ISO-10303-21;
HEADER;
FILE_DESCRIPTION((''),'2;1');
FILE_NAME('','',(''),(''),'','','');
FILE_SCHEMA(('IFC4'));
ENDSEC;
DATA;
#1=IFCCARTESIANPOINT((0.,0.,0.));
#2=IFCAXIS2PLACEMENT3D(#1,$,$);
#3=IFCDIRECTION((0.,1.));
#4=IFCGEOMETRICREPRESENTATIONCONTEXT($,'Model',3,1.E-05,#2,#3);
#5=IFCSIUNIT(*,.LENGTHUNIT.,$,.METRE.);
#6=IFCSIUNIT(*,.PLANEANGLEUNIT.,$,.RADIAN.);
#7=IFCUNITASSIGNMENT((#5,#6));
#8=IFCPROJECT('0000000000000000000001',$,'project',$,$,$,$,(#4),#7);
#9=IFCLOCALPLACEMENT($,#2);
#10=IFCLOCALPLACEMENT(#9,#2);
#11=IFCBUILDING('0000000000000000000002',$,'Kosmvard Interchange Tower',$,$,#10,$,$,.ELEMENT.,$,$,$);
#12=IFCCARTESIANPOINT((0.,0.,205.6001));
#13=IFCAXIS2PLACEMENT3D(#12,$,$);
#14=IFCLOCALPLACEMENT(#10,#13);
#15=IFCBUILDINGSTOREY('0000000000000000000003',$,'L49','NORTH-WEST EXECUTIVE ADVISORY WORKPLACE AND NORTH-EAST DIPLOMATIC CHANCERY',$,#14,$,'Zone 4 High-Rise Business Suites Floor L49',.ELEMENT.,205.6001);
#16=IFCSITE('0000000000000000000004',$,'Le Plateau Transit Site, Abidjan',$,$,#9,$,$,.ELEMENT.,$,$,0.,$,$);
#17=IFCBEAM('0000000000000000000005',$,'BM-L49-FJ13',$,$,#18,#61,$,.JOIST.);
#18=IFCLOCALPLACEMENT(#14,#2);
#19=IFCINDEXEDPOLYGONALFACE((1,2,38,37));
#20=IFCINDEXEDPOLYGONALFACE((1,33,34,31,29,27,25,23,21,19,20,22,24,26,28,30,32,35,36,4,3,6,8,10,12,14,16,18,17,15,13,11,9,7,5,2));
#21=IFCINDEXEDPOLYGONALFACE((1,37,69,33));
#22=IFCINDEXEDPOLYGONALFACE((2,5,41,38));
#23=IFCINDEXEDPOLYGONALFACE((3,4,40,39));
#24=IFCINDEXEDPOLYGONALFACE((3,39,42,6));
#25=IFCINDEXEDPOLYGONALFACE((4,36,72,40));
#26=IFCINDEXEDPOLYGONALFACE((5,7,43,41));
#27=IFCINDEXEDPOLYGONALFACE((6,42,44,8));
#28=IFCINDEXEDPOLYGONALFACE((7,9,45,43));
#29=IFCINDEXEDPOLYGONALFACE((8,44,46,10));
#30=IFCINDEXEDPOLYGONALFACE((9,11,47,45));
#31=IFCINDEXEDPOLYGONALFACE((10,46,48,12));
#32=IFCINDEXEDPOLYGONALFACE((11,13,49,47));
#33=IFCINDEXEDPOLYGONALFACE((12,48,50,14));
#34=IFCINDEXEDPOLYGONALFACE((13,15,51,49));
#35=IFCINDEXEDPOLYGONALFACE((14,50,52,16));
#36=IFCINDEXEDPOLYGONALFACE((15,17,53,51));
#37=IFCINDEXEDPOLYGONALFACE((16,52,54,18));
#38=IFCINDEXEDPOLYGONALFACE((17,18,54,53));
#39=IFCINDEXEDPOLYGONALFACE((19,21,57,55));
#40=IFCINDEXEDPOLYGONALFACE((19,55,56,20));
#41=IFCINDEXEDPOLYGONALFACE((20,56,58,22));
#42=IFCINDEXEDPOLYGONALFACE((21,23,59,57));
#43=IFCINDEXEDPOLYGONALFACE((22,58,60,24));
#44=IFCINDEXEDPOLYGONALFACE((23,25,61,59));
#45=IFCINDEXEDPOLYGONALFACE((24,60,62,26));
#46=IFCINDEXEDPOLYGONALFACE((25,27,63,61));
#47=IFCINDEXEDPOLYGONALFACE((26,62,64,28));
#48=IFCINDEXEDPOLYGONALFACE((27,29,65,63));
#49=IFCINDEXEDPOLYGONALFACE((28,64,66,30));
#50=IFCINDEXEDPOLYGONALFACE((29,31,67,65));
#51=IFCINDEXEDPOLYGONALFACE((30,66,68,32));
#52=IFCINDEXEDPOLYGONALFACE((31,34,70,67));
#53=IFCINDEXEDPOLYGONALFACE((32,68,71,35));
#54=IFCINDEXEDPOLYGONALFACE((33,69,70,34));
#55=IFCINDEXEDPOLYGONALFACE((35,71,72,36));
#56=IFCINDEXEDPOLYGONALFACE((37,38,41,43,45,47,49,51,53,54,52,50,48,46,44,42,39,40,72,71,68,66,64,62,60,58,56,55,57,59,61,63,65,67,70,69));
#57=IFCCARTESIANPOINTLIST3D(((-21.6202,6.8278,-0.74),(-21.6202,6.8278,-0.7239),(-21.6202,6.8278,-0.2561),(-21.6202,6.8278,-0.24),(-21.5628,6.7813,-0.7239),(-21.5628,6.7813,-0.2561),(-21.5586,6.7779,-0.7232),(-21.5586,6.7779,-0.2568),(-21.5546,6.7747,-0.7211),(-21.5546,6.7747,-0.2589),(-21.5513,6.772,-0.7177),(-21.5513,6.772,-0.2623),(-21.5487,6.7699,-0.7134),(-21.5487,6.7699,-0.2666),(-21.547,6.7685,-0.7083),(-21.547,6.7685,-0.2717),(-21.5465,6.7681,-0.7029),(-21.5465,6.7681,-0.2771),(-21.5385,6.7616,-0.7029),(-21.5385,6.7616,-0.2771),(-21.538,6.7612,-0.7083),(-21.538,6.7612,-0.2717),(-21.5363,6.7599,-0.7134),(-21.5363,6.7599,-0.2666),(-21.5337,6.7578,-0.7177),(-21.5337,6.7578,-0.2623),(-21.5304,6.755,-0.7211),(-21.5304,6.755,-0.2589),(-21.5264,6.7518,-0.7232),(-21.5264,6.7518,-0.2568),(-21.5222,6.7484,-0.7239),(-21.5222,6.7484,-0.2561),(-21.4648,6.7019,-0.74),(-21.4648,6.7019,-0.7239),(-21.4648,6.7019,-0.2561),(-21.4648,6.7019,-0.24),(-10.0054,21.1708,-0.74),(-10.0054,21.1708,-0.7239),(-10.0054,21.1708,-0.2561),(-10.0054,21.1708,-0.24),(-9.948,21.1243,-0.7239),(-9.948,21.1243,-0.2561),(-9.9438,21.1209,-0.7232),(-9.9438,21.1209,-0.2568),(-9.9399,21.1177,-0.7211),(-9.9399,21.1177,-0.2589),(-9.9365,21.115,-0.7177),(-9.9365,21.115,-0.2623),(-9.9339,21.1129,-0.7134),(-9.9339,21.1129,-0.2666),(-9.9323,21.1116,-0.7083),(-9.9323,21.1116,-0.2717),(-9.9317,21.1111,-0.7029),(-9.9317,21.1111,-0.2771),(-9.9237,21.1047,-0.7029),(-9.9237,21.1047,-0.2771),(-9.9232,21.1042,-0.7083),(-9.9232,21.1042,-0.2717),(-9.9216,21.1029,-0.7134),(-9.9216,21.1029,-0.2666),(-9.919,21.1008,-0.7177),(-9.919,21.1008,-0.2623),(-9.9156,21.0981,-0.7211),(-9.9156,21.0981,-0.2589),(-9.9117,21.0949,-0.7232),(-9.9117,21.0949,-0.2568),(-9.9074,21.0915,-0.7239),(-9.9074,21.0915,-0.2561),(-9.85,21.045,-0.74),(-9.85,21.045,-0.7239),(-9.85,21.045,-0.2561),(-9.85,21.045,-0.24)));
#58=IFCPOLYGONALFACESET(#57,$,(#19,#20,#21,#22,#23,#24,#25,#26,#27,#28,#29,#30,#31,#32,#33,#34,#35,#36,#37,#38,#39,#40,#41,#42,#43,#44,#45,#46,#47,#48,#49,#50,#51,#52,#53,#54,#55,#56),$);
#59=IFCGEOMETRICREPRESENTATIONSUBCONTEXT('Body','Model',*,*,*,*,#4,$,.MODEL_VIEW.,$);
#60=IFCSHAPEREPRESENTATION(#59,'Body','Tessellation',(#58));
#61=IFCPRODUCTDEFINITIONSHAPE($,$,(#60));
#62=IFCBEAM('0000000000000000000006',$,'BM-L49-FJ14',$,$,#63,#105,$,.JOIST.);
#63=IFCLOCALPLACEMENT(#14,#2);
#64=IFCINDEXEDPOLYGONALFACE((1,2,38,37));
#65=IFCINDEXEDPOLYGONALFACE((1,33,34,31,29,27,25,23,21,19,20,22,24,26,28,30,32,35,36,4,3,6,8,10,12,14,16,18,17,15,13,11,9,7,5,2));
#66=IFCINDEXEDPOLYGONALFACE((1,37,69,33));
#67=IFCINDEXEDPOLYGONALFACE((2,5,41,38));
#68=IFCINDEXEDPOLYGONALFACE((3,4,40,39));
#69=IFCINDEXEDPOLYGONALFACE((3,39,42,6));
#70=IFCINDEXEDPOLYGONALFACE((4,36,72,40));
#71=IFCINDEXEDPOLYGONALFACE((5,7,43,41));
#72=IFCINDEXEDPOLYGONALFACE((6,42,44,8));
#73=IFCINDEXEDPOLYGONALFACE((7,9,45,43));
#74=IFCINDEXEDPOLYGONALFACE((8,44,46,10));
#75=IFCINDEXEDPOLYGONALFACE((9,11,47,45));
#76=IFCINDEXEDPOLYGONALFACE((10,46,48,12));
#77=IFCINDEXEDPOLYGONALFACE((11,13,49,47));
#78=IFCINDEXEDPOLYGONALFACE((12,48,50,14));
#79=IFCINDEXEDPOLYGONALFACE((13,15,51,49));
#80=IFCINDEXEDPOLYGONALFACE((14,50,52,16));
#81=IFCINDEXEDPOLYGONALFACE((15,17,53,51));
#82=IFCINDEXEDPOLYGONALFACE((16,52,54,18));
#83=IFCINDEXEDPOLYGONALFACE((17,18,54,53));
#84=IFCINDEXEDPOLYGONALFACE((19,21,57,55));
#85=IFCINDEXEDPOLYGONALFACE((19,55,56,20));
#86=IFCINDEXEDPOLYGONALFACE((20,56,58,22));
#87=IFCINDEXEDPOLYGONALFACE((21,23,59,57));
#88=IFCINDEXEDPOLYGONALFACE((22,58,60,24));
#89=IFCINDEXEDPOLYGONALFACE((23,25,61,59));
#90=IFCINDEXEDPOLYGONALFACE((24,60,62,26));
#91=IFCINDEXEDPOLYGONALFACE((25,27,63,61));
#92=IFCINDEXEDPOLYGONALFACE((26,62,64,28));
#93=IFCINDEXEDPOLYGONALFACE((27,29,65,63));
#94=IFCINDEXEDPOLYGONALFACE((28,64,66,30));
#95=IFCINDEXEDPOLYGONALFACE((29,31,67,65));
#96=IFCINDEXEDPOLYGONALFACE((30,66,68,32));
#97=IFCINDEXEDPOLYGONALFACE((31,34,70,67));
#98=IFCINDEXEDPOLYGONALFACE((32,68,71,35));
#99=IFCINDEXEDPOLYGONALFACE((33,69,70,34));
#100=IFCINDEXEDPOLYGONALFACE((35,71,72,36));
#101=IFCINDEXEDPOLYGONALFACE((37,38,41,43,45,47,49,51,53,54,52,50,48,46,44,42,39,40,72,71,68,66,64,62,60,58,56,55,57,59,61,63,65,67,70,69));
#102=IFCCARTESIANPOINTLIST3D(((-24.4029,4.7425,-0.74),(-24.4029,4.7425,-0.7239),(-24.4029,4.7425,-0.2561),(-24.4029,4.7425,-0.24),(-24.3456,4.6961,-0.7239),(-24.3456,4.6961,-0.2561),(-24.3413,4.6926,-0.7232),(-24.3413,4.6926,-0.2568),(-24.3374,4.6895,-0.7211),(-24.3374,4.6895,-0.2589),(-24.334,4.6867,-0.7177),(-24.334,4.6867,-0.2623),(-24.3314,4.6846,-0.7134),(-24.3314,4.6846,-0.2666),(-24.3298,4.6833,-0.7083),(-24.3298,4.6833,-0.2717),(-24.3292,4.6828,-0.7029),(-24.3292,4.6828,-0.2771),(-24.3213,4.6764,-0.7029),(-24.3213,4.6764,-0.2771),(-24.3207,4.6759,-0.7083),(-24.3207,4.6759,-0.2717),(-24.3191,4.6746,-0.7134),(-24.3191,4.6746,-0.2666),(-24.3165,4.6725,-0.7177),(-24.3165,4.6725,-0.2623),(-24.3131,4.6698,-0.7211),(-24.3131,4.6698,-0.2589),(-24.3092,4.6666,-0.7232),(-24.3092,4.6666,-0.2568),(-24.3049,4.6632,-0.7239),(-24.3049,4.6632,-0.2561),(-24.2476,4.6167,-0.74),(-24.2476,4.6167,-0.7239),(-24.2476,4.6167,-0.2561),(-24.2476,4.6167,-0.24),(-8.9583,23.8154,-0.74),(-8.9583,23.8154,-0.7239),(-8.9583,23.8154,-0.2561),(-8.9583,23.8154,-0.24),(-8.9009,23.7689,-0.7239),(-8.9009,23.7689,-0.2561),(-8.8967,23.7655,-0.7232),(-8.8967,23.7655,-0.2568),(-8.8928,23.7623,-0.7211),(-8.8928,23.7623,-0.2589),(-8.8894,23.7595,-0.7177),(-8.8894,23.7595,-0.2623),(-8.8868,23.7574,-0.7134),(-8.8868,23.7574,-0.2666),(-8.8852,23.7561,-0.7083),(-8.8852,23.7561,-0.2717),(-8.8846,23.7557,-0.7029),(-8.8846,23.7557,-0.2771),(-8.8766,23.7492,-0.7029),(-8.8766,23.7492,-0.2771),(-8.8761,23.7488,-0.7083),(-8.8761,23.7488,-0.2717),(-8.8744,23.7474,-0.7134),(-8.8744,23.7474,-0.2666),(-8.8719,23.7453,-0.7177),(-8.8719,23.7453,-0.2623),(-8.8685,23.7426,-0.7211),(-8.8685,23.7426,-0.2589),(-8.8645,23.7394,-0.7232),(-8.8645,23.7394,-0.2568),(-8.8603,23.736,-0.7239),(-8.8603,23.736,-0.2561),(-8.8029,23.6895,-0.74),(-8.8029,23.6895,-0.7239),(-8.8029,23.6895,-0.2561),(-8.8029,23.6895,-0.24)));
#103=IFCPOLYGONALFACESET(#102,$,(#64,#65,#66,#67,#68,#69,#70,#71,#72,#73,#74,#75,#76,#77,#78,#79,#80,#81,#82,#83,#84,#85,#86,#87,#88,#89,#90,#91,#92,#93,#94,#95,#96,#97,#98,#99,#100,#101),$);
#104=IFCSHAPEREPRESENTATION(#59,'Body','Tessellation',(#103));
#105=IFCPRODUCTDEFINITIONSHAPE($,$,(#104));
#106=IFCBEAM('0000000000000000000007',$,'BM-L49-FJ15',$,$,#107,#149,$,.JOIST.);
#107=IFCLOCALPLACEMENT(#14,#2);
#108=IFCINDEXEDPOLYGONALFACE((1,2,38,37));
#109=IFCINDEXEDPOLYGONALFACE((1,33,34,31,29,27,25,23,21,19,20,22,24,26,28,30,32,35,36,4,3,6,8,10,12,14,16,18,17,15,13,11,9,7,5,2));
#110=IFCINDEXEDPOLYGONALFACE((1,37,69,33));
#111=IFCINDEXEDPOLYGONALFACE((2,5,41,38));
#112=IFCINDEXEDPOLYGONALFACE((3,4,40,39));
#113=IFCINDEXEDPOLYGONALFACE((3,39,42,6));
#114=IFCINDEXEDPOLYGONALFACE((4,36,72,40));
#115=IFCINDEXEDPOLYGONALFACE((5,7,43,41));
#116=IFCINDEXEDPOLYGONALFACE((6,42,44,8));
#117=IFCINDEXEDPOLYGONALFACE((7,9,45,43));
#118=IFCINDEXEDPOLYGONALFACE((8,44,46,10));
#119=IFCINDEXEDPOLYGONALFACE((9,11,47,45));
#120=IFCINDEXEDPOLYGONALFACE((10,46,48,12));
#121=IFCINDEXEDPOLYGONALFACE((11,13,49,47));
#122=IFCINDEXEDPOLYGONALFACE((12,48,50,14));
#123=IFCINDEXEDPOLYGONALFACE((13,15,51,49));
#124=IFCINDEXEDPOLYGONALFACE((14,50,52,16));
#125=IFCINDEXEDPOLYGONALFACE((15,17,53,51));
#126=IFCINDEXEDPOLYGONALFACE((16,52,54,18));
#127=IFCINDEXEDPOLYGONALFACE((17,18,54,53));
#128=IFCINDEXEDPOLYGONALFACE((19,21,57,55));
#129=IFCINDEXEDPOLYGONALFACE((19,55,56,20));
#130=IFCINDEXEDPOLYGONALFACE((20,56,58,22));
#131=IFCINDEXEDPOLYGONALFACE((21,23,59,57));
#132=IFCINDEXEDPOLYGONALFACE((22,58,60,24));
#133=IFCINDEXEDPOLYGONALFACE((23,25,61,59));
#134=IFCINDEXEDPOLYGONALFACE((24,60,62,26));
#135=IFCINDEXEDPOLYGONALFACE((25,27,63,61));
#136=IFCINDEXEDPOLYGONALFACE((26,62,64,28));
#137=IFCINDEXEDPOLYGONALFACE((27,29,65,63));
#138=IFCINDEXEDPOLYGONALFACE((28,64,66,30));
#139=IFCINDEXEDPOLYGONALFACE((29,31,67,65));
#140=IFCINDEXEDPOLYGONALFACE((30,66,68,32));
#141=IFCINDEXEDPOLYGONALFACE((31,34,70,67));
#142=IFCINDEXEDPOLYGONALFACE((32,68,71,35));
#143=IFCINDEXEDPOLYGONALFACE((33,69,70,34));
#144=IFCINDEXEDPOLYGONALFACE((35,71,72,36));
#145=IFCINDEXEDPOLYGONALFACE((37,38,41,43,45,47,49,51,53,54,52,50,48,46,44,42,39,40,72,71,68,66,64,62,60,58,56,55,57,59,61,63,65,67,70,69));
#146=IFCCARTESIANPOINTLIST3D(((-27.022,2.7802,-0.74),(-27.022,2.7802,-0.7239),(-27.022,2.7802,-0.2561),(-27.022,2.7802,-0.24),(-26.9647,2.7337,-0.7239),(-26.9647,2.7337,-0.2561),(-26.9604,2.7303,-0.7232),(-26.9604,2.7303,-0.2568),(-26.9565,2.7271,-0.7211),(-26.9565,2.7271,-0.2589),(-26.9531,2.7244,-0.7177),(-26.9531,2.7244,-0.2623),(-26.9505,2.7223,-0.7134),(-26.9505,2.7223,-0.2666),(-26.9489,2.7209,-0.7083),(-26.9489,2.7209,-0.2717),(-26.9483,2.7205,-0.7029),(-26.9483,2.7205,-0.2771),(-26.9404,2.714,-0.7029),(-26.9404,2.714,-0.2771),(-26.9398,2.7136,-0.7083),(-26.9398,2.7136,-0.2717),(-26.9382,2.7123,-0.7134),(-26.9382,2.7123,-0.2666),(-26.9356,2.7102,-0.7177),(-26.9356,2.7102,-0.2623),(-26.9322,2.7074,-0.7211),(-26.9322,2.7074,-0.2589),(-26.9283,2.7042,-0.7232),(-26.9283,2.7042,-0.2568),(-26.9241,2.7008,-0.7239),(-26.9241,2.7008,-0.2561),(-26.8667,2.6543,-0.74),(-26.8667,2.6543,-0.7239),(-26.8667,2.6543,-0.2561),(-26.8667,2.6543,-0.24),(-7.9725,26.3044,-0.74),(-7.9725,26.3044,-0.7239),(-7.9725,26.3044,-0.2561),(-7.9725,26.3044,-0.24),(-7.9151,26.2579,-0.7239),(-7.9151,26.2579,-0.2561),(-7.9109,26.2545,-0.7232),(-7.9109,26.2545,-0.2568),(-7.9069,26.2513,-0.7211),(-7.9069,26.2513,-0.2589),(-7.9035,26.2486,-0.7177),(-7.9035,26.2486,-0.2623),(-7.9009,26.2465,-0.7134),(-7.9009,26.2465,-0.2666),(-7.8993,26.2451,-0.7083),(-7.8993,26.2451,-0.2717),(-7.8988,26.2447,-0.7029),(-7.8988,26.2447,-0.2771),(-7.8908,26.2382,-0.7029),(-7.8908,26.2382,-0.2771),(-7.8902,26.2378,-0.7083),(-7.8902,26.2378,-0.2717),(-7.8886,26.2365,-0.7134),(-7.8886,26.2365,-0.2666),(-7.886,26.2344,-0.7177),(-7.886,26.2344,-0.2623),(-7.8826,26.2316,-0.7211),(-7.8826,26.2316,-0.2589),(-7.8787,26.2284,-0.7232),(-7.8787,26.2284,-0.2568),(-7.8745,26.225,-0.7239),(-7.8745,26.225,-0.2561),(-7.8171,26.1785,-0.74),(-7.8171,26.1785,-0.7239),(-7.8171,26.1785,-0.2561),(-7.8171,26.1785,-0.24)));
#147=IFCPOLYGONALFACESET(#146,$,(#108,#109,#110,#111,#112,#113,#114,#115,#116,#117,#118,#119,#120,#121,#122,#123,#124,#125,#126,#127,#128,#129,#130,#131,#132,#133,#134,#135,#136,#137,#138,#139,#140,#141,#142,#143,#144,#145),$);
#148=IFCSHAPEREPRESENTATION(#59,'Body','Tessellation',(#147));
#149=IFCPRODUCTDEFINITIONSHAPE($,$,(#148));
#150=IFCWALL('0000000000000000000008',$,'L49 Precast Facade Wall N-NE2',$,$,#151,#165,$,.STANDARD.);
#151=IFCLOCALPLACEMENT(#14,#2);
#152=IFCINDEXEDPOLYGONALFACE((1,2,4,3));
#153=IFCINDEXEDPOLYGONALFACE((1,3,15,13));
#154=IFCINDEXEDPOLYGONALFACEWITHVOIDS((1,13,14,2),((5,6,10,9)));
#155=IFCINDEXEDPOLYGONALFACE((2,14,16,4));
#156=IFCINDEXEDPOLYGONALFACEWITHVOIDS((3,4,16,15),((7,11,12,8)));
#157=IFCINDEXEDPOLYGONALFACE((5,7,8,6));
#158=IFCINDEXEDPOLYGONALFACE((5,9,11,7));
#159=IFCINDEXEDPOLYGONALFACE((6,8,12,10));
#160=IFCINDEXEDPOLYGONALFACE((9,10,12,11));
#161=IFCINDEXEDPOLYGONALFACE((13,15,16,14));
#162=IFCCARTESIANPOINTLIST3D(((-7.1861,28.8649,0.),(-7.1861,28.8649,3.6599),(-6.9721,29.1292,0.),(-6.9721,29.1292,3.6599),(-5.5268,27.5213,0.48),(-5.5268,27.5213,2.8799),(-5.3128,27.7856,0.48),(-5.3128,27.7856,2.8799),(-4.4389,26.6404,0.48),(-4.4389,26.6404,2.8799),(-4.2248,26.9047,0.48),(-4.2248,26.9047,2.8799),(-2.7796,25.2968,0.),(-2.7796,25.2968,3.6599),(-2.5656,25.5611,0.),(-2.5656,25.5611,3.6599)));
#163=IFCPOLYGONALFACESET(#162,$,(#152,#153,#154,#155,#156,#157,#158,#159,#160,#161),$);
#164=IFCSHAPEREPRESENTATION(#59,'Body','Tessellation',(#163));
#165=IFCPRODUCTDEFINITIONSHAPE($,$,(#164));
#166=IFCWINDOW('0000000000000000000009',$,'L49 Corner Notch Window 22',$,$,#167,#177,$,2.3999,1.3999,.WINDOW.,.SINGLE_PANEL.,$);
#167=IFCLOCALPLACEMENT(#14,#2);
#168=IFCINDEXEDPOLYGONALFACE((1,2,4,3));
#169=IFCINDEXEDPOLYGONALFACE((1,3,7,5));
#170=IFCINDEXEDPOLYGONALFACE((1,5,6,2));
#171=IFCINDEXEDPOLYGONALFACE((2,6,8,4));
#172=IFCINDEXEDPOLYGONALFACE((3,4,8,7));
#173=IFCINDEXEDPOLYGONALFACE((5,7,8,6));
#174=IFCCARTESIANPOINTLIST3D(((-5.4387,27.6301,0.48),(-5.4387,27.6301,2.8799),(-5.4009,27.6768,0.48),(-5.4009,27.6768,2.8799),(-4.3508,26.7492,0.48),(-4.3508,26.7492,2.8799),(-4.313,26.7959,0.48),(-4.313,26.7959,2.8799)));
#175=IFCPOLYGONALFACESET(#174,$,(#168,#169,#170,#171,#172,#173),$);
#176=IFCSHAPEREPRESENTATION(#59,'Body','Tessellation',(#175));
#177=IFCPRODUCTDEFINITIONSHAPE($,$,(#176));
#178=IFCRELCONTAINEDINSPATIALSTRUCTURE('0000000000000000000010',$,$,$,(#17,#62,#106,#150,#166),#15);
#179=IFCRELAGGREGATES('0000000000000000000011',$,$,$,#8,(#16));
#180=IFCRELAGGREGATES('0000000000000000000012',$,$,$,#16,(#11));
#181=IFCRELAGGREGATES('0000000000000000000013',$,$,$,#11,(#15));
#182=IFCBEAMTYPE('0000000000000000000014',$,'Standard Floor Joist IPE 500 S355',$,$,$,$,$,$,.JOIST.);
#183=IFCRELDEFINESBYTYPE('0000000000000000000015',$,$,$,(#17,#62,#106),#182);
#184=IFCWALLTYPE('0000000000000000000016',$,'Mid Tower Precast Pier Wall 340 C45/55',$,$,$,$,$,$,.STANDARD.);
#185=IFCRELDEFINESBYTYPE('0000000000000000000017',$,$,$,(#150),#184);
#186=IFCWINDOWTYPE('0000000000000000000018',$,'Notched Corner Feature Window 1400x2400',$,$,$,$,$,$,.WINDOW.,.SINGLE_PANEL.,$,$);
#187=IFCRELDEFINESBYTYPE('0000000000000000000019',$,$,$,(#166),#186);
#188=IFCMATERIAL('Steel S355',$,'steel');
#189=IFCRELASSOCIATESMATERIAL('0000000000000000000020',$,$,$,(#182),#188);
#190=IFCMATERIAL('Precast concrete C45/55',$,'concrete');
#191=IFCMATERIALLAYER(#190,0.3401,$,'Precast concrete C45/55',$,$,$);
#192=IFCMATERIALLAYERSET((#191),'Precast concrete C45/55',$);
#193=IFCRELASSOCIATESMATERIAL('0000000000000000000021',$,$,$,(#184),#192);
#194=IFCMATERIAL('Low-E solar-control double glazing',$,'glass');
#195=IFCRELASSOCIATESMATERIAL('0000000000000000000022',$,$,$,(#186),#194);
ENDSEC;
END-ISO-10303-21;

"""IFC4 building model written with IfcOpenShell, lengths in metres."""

from ifc_helpers import new_model, si_unit, direction, frame, frame_2d, origin, origin_2d, place, context, subcontext, project, spatial, rectangle, i_section, extrude, source, transform, mapped, material, layer, layer_set, material_profile, profile_set, type_object, element, fill, save


model = new_model("IFC4")

# Units and contexts
model_context = context("Model", 3, precision=1e-05, world=origin(), true_north=direction((0.0, 1.0)))
body_context = subcontext(model_context, "Body", "Model", "MODEL_VIEW")
ifc_project = project(units=[si_unit("LENGTHUNIT", "METRE"), si_unit("PLANEANGLEUNIT", "RADIAN")], contexts=[model_context])

# Site, building, storey
site_placement = place(None, origin())
site = spatial("IfcSite", under=ifc_project, at=site_placement, Name="Le Plateau Transit Site, Abidjan", CompositionType="ELEMENT", RefElevation=0.0)
building_placement = place(site_placement, origin())
building = spatial("IfcBuilding", under=site, at=building_placement, Name="Kosmvard Interchange Tower", CompositionType="ELEMENT")
storey_placement = place(building_placement, frame((0.0, 0.0, 205.6001)))
storey = spatial("IfcBuildingStorey", under=building, at=storey_placement, Name="L49", Description="NORTH-WEST EXECUTIVE ADVISORY WORKPLACE AND NORTH-EAST DIPLOMATIC CHANCERY", LongName="Zone 4 High-Rise Business Suites Floor L49", CompositionType="ELEMENT", Elevation=205.6001)

# Beams
ifc_material_1 = material(Name="Steel S355", Category="steel")
ifc_material_profile_1 = material_profile(ifc_material_1, i_section(OverallWidth=0.2, OverallDepth=0.5, WebThickness=0.0103, FlangeThickness=0.0161, FilletRadius=0.021, at=origin_2d()), Name="IPE 500")
ifc_profile_set_1 = profile_set([ifc_material_profile_1], Name="Steel S355")
beam_type_1 = type_object("IfcBeamType", Name="Standard Floor Joist IPE 500 S355", PredefinedType="JOIST", material=ifc_profile_set_1)
shared_shape_1 = source(origin(), body_context, "Body", "SweptSolid", [
    extrude(i_section(OverallWidth=0.2, OverallDepth=0.5, WebThickness=0.0103, FlangeThickness=0.0161, FilletRadius=0.021, at=origin_2d()), origin(), (0.0, 0.0, 1.0), 18.4561),
])
beam_1_placement = place(storey_placement, frame((-9.9277, 21.1079, -0.49), z_axis=(-0.62932, -0.777146, 0.0), x_axis=(0.777146, -0.62932, 0.0)))
element("IfcBeam", 1, at=beam_1_placement, inside=storey, type_object=beam_type_1, Name="BM-L49-FJ13", PredefinedType="JOIST", context=body_context, shape_type="MappedRepresentation", body=[
    mapped(shared_shape_1, transform((0.0, 0.0, 0.0), scale=1.0)),
])
shared_shape_2 = source(origin(), body_context, "Body", "SweptSolid", [
    extrude(i_section(OverallWidth=0.2, OverallDepth=0.5, WebThickness=0.0103, FlangeThickness=0.0161, FilletRadius=0.021, at=origin_2d()), origin(), (0.0, 0.0, 1.0), 24.542),
])
beam_2_placement = place(storey_placement, frame((-8.8806, 23.7524, -0.49), z_axis=(-0.629315, -0.777151, 0.0), x_axis=(0.777151, -0.629315, 0.0)))
element("IfcBeam", 2, at=beam_2_placement, inside=storey, type_object=beam_type_1, Name="BM-L49-FJ14", PredefinedType="JOIST", context=body_context, shape_type="MappedRepresentation", body=[
    mapped(shared_shape_2, transform((0.0, 0.0, 0.0), scale=1.0)),
])
shared_shape_3 = source(origin(), body_context, "Body", "SweptSolid", [
    extrude(i_section(OverallWidth=0.2, OverallDepth=0.5, WebThickness=0.0103, FlangeThickness=0.0161, FilletRadius=0.021, at=origin_2d()), origin(), (0.0, 0.0, 1.0), 30.27),
])
beam_3_placement = place(storey_placement, frame((-7.8948, 26.2415, -0.49), z_axis=(-0.629322, -0.777145, 0.0), x_axis=(0.777145, -0.629322, 0.0)))
element("IfcBeam", 3, at=beam_3_placement, inside=storey, type_object=beam_type_1, Name="BM-L49-FJ15", PredefinedType="JOIST", context=body_context, shape_type="MappedRepresentation", body=[
    mapped(shared_shape_3, transform((0.0, 0.0, 0.0), scale=1.0)),
])

# Wall, opening, window
ifc_material_2 = material(Name="Precast concrete C45/55", Category="concrete")
ifc_layer_1 = layer(ifc_material_2, 0.3401, Name="Precast concrete C45/55")
ifc_layer_set_1 = layer_set([ifc_layer_1], Name="Precast concrete C45/55")
wall_type_1 = type_object("IfcWallType", Name="Mid Tower Precast Pier Wall 340 C45/55", PredefinedType="STANDARD", material=ifc_layer_set_1)
wall_1_placement = place(storey_placement, frame((-2.6726, 25.429, 0.0), z_axis=(0.0, 0.0, 1.0), x_axis=(-0.777163, 0.6293, 0.0)))
wall_1 = element("IfcWall", 4, at=wall_1_placement, inside=storey, type_object=wall_type_1, Name="L49 Precast Facade Wall N-NE2", PredefinedType="STANDARD", context=body_context, shape_type="SweptSolid", body=[
    extrude(rectangle(XDim=5.6699, YDim=0.3401, at=frame_2d((2.835, 0.0))), origin(), (0.0, 0.0, 1.0), 3.6599),
])
opening_1_placement = place(wall_1_placement, frame((2.135, 0.0, 0.48)))
opening_1 = element("IfcOpeningElement", 5, at=opening_1_placement, cuts=wall_1, PredefinedType="OPENING", context=body_context, shape_type="SweptSolid", body=[
    extrude(rectangle(XDim=1.3999, YDim=2.3999, at=frame_2d((0.7, 1.2))), frame((0.0, 0.1802, 0.0), z_axis=(0.0, -1.0, 0.0), x_axis=(1.0, 0.0, 0.0)), (0.0, 0.0, 1.0), 0.3601),
])
ifc_material_3 = material(Name="Low-E solar-control double glazing", Category="glass")
window_type_1 = type_object("IfcWindowType", Name="Notched Corner Feature Window 1400x2400", PartitioningType="SINGLE_PANEL", PredefinedType="WINDOW", material=ifc_material_3)
shared_shape_4 = source(origin(), body_context, "Body", "SweptSolid", [
    extrude(rectangle(XDim=1.3999, YDim=2.3999, at=frame_2d((0.7, 1.2))), frame((0.0, 0.03, 0.0), z_axis=(0.0, -1.0, 0.0), x_axis=(1.0, 0.0, 0.0)), (0.0, 0.0, 1.0), 0.0601),
])
window_1_placement = place(opening_1_placement, origin())
window_1 = element("IfcWindow", 6, at=window_1_placement, inside=storey, type_object=window_type_1, Name="L49 Corner Notch Window 22", OverallHeight=2.3999, OverallWidth=1.3999, PartitioningType="SINGLE_PANEL", PredefinedType="WINDOW", context=body_context, shape_type="MappedRepresentation", body=[
    mapped(shared_shape_4, transform((0.0, 0.0, 0.0), scale=1.0)),
])
fill(opening_1, window_1)

save(model, "model.ifc")
